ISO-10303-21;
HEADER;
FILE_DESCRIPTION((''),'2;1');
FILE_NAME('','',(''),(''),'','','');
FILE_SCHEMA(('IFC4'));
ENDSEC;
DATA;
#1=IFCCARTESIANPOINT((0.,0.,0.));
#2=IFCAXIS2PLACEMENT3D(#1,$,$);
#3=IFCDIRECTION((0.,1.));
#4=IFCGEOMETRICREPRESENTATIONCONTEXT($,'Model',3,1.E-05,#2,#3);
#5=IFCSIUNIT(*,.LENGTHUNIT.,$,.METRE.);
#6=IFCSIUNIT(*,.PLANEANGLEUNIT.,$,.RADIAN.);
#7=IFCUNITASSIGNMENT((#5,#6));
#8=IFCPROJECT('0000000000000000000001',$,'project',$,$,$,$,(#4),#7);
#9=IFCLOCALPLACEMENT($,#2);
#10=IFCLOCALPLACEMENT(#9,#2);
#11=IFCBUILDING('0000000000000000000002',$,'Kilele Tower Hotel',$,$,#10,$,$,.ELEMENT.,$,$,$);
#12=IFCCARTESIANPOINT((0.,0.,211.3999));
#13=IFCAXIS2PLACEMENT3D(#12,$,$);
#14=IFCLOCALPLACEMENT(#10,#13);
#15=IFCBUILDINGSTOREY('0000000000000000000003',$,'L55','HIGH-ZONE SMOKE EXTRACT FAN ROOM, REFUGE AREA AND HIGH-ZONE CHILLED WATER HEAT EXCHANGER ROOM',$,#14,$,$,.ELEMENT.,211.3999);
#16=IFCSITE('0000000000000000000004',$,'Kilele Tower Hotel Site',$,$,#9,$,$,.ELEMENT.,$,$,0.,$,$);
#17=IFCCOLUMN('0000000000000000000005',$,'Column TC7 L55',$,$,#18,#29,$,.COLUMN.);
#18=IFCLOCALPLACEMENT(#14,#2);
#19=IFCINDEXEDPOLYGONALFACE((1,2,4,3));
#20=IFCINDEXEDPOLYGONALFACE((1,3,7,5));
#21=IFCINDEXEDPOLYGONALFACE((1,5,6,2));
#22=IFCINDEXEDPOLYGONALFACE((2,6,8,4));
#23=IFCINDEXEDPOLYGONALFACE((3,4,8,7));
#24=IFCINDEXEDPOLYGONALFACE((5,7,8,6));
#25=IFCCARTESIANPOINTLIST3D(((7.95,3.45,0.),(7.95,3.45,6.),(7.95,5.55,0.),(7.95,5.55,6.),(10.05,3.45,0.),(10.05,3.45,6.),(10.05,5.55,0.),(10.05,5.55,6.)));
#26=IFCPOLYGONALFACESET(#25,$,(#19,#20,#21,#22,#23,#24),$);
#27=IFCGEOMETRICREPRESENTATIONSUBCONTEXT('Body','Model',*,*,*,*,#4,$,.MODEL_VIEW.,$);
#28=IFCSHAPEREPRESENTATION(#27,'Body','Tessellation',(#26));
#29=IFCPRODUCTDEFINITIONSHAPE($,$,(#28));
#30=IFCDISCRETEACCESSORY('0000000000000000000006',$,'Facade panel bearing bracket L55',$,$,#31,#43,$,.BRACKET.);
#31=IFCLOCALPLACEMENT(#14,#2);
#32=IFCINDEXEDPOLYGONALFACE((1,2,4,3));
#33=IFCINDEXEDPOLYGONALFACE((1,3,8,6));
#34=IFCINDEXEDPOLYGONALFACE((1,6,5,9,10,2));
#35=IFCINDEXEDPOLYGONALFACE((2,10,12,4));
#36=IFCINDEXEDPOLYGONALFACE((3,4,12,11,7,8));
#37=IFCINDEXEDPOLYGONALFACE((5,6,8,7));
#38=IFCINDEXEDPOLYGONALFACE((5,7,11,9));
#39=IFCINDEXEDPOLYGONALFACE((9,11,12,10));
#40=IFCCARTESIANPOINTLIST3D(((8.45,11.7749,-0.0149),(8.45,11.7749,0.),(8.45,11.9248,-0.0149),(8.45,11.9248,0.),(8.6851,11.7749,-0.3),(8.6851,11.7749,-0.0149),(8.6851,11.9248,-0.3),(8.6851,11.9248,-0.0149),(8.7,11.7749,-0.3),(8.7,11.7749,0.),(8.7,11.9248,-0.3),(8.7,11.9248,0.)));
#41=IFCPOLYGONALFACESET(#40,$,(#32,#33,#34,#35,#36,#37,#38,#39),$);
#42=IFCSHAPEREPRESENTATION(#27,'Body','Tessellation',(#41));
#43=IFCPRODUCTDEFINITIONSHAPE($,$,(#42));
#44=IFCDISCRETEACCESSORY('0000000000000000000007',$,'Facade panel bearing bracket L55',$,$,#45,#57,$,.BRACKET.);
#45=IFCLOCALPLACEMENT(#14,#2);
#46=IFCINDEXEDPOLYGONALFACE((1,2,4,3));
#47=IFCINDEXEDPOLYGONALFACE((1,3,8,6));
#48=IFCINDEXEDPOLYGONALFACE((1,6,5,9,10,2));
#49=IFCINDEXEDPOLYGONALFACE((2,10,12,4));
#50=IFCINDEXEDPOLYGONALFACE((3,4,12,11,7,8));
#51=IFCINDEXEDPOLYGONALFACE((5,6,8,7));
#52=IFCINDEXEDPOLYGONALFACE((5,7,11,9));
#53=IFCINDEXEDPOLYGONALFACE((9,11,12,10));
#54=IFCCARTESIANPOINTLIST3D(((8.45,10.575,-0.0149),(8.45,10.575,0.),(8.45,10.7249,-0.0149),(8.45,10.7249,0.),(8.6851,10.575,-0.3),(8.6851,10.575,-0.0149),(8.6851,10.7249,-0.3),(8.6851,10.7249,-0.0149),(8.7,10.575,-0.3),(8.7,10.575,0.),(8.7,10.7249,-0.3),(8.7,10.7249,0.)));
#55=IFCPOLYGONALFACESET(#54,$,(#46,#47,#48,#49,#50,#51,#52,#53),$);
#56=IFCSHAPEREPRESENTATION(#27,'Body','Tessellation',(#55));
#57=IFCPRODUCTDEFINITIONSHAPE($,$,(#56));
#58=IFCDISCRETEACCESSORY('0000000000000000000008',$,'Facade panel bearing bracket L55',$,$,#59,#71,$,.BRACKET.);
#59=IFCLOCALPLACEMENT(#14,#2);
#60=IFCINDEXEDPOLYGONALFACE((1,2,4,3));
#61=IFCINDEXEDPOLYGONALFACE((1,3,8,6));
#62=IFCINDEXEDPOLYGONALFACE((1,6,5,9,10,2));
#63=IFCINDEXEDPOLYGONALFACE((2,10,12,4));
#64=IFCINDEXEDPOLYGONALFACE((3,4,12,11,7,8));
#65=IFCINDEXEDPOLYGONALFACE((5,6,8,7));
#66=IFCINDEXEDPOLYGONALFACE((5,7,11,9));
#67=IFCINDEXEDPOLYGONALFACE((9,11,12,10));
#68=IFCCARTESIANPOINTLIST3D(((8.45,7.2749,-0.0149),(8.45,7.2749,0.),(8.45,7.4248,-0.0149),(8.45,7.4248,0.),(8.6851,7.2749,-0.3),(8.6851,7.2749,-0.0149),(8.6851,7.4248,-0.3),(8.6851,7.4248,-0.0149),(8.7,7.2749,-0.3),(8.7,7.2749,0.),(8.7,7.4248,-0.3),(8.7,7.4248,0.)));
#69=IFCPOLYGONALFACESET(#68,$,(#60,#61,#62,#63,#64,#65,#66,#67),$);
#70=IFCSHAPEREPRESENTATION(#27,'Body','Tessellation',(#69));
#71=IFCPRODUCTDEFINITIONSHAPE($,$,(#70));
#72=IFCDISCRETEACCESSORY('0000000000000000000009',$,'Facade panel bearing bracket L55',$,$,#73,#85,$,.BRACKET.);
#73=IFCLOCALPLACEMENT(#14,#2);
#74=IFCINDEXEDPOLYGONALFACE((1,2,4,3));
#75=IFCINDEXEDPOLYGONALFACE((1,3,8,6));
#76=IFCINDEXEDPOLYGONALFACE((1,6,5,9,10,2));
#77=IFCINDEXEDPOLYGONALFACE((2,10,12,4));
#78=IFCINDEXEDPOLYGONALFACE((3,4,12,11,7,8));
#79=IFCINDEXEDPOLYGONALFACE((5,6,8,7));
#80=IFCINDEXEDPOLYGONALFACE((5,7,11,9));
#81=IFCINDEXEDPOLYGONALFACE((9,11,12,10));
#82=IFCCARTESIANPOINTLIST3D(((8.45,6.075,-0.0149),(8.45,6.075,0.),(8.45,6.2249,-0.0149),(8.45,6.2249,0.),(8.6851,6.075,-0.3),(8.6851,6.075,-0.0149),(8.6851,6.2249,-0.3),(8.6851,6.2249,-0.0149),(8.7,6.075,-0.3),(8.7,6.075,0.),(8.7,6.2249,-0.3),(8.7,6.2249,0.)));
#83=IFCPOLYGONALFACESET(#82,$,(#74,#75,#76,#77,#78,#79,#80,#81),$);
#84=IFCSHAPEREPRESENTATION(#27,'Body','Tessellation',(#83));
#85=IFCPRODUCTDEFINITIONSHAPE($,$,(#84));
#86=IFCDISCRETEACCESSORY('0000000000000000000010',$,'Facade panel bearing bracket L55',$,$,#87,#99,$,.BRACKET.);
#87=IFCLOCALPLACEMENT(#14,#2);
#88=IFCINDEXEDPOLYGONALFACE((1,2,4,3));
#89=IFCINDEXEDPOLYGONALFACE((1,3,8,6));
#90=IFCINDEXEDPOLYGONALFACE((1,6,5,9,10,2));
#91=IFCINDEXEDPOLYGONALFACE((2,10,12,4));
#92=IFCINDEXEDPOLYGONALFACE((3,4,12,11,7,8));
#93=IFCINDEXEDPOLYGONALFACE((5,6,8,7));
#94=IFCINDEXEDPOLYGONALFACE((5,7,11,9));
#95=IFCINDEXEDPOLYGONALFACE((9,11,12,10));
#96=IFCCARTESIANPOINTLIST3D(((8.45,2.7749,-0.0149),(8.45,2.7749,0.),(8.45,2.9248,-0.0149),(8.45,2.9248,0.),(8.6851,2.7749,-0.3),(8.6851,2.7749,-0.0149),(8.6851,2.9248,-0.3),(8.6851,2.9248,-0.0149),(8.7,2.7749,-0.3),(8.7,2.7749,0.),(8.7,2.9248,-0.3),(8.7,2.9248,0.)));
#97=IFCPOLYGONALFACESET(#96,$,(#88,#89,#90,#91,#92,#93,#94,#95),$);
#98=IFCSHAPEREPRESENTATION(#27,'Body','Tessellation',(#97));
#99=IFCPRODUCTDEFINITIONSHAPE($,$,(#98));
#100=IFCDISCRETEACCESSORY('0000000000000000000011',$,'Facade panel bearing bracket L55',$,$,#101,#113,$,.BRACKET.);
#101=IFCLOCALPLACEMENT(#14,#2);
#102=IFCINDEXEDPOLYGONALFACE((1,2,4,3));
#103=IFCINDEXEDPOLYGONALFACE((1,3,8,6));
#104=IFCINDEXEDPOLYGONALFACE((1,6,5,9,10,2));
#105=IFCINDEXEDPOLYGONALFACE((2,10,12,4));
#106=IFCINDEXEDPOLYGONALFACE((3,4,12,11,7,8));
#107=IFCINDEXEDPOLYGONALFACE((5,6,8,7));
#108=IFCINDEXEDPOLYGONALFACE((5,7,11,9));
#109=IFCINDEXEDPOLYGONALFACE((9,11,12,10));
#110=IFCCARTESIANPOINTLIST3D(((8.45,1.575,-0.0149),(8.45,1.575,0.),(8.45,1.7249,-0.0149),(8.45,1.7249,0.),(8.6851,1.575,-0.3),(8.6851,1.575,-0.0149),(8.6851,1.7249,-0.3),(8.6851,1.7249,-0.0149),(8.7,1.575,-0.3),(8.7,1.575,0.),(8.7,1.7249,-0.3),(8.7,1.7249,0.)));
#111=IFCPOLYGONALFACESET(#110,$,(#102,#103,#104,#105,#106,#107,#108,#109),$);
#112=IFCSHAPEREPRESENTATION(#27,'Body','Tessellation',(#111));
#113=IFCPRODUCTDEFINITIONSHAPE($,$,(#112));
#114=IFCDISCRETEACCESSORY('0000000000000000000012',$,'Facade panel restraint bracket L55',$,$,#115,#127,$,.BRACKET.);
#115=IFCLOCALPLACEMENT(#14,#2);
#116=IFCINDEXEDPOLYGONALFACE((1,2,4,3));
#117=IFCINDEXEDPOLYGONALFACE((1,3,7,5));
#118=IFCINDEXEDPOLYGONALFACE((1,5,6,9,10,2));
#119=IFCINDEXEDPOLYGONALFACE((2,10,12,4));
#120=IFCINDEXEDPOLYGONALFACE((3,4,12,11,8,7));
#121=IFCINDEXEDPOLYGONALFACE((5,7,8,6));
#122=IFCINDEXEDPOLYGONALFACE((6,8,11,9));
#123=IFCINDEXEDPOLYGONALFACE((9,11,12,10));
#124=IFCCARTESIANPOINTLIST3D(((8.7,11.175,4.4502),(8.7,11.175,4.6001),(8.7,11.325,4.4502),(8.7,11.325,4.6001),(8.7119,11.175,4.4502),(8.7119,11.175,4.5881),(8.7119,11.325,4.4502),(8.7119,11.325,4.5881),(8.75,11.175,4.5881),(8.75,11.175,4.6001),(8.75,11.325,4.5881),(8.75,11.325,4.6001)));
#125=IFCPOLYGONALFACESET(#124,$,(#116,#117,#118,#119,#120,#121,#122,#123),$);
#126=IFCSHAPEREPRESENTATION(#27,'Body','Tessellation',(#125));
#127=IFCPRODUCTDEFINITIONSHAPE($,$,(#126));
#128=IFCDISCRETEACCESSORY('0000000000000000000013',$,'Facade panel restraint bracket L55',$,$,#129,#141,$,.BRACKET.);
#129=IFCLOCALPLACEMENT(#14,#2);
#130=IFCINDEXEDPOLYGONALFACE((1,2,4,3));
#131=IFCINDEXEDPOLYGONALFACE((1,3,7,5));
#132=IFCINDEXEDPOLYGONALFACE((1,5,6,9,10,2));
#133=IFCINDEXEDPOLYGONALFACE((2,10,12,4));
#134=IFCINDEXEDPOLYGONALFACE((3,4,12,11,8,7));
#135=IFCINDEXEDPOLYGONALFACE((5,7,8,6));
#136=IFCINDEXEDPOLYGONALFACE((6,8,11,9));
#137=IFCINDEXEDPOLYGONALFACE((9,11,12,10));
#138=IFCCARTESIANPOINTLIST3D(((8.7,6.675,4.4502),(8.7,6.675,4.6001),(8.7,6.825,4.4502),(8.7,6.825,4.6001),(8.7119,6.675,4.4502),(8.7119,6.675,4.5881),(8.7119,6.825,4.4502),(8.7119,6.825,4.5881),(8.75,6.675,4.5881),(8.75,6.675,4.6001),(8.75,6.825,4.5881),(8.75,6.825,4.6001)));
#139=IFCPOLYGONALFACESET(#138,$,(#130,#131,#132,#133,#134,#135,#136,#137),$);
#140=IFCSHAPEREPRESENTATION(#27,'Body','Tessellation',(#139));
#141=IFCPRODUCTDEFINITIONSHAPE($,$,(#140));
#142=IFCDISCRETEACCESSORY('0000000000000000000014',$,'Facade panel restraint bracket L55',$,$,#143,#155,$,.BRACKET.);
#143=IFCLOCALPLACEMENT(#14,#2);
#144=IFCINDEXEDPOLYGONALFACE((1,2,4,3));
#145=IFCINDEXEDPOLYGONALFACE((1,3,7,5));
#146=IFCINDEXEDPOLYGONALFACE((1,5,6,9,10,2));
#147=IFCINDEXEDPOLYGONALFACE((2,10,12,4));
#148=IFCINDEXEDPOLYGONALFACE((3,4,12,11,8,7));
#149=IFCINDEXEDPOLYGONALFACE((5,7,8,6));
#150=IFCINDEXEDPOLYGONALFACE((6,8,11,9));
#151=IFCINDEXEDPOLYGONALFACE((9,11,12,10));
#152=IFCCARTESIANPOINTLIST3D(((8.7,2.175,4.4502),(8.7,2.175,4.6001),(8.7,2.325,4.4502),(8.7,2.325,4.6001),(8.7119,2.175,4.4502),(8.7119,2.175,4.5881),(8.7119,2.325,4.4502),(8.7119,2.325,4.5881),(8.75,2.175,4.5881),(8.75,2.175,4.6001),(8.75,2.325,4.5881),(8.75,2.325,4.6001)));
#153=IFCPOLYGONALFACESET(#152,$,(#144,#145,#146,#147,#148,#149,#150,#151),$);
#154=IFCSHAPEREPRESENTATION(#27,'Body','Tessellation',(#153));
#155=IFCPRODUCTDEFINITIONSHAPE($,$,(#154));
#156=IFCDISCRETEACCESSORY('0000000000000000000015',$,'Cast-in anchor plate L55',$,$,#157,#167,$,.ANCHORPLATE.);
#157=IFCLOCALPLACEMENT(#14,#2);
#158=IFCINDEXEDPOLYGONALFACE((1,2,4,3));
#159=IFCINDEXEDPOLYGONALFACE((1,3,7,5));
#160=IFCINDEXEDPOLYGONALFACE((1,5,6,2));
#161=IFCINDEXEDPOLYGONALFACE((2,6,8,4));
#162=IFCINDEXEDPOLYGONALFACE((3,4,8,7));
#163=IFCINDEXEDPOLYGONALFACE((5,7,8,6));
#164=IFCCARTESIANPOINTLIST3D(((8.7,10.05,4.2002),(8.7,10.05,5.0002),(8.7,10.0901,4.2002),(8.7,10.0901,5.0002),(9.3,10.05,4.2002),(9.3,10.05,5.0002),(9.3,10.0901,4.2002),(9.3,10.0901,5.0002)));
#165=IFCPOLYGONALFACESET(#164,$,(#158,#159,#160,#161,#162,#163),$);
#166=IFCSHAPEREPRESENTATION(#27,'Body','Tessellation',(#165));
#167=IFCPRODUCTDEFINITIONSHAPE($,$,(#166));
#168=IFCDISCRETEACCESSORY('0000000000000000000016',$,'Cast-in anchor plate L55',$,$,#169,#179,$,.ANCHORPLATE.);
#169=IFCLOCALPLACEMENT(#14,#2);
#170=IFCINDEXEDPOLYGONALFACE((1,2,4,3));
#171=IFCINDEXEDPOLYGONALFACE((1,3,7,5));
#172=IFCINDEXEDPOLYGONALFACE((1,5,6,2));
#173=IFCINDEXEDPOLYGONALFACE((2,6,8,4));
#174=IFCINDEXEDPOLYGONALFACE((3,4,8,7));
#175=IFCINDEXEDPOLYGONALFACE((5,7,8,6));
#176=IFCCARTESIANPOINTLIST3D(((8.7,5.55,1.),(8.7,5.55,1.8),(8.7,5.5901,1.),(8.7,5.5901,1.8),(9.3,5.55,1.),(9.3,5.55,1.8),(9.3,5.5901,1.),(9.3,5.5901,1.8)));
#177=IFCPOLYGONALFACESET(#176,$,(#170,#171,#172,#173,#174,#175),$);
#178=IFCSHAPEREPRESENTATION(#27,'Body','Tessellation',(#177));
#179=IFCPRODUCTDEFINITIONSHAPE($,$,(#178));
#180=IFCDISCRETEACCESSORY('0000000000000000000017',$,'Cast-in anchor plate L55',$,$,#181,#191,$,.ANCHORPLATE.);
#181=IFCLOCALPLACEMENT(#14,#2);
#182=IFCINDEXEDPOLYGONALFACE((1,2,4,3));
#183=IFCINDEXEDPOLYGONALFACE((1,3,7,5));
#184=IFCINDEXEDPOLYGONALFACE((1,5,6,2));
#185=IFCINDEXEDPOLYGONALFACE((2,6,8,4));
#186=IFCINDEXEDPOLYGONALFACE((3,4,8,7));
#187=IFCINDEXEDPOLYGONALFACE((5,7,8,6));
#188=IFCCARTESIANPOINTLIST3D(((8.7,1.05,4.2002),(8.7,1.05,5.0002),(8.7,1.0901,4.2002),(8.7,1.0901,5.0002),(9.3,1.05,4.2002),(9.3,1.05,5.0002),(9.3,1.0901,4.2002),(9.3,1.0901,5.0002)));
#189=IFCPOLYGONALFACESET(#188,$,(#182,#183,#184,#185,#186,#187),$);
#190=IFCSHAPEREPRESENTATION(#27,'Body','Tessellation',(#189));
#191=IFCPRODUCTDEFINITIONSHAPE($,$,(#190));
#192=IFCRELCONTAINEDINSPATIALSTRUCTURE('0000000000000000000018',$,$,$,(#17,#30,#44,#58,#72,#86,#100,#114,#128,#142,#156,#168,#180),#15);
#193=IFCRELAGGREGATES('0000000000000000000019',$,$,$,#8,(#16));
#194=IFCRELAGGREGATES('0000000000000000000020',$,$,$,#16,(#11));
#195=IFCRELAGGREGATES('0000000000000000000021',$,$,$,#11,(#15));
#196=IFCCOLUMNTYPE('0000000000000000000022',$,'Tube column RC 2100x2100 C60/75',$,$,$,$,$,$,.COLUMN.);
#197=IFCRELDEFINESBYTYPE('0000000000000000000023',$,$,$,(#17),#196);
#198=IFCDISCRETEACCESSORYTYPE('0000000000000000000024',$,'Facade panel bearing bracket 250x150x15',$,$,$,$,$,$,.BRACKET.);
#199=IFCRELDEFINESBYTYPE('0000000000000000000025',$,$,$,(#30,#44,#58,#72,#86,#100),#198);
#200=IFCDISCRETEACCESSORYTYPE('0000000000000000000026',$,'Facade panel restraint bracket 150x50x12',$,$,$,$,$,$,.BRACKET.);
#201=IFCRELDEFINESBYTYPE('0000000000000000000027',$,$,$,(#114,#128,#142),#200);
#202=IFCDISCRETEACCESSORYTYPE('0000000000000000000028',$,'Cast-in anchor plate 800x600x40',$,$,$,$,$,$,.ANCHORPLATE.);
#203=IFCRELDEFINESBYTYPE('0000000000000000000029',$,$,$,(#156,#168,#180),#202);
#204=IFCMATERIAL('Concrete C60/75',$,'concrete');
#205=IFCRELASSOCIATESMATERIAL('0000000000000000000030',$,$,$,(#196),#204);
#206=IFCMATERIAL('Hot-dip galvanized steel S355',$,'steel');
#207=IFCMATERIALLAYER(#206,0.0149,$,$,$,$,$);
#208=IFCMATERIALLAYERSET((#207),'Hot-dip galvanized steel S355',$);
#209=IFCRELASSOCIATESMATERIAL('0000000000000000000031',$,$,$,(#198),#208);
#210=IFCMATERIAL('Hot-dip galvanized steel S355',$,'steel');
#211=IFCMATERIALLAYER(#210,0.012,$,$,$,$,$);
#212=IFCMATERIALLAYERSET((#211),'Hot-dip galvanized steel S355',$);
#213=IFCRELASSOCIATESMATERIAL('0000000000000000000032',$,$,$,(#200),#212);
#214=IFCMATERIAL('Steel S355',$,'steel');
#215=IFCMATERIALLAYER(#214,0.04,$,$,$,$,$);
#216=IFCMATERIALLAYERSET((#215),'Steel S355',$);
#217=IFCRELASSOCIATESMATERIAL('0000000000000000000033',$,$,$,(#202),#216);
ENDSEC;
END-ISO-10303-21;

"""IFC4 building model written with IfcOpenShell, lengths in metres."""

from ifc_helpers import new_model, si_unit, direction, frame, origin, origin_2d, place, context, subcontext, project, spatial, polyline, rectangle, outline, extrude, source, transform, mapped, material, layer, layer_set, material_profile, profile_set, type_object, element, save


model = new_model("IFC4")

# Units and contexts
model_context = context("Model", 3, precision=1e-05, world=origin(), true_north=direction((0.0, 1.0)))
body_context = subcontext(model_context, "Body", "Model", "MODEL_VIEW")
ifc_project = project(units=[si_unit("LENGTHUNIT", "METRE"), si_unit("PLANEANGLEUNIT", "RADIAN")], contexts=[model_context])

# Site, building, storey
site_placement = place(None, origin())
site = spatial("IfcSite", under=ifc_project, at=site_placement, Name="Kilele Tower Hotel Site", CompositionType="ELEMENT", RefElevation=0.0)
building_placement = place(site_placement, origin())
building = spatial("IfcBuilding", under=site, at=building_placement, Name="Kilele Tower Hotel", CompositionType="ELEMENT")
storey_placement = place(building_placement, frame((0.0, 0.0, 211.3999)))
storey = spatial("IfcBuildingStorey", under=building, at=storey_placement, Name="L55", Description="HIGH-ZONE SMOKE EXTRACT FAN ROOM, REFUGE AREA AND HIGH-ZONE CHILLED WATER HEAT EXCHANGER ROOM", CompositionType="ELEMENT", Elevation=211.3999)

# Column
ifc_material_1 = material(Name="Concrete C60/75", Category="concrete")
ifc_material_profile = material_profile(ifc_material_1, rectangle(XDim=2.1001, YDim=2.1001, at=origin_2d()))
ifc_profile_set = profile_set([ifc_material_profile], Name="Concrete C60/75")
column_type = type_object("IfcColumnType", Name="Tube column RC 2100x2100 C60/75", PredefinedType="COLUMN", material=ifc_profile_set)
column_placement = place(storey_placement, frame((9.0, 4.5, 0.0), z_axis=(0.0, 0.0, 1.0), x_axis=(1.0, 0.0, 0.0)))
element("IfcColumn", 1, at=column_placement, inside=storey, type_object=column_type, Name="Column TC7 L55", PredefinedType="COLUMN", context=body_context, shape_type="SweptSolid", body=[
    extrude(rectangle(XDim=2.1001, YDim=2.1001, at=origin_2d()), origin(), (0.0, 0.0, 1.0), 6.0),
])

# Discrete accessories
ifc_material_2 = material(Name="Hot-dip galvanized steel S355", Category="steel")
ifc_layer_1 = layer(ifc_material_2, 0.0149)
ifc_layer_set_1 = layer_set([ifc_layer_1], Name="Hot-dip galvanized steel S355")
discrete_accessory_type_1 = type_object("IfcDiscreteAccessoryType", Name="Facade panel bearing bracket 250x150x15", PredefinedType="BRACKET", material=ifc_layer_set_1)
shared_shape_1 = source(origin(), body_context, "Body", "SweptSolid", [
    extrude(outline(polyline([(0.0, 0.0), (0.25, 0.0), (0.25, -0.0149), (0.0149, -0.0149), (0.0149, -0.3), (0.0, -0.3), (0.0, 0.0)])), origin(), (0.0, 0.0, 1.0), 0.1499),
])
for number, where, z_axis, x_axis, name in (
    (2, (8.7, 11.7749, 0.0), (0.0, 1.0, 0.0), (-1.0, 0.0, 0.0), "Facade panel bearing bracket L55"),
    (3, (8.7, 10.575, 0.0), (0.0, 1.0, 0.0), (-1.0, 0.0, 0.0), "Facade panel bearing bracket L55"),
    (4, (8.7, 7.2749, 0.0), (0.0, 1.0, 0.0), (-1.0, 0.0, 0.0), "Facade panel bearing bracket L55"),
    (5, (8.7, 6.075, 0.0), (0.0, 1.0, 0.0), (-1.0, 0.0, 0.0), "Facade panel bearing bracket L55"),
    (6, (8.7, 2.7749, 0.0), (0.0, 1.0, 0.0), (-1.0, 0.0, 0.0), "Facade panel bearing bracket L55"),
    (7, (8.7, 1.575, 0.0), (0.0, 1.0, 0.0), (-1.0, 0.0, 0.0), "Facade panel bearing bracket L55"),
):
    element("IfcDiscreteAccessory", number, at=place(storey_placement, frame(where, z_axis=z_axis, x_axis=x_axis)), inside=storey, type_object=discrete_accessory_type_1, Name=name, PredefinedType="BRACKET", context=body_context, shape_type="MappedRepresentation", body=[
        mapped(shared_shape_1, transform((0.0, 0.0, 0.0))),
    ])
ifc_material_3 = material(Name="Hot-dip galvanized steel S355", Category="steel")
ifc_layer_2 = layer(ifc_material_3, 0.012)
ifc_layer_set_2 = layer_set([ifc_layer_2], Name="Hot-dip galvanized steel S355")
discrete_accessory_type_2 = type_object("IfcDiscreteAccessoryType", Name="Facade panel restraint bracket 150x50x12", PredefinedType="BRACKET", material=ifc_layer_set_2)
shared_shape_2 = source(origin(), body_context, "Body", "SweptSolid", [
    extrude(outline(polyline([(0.0, 0.0), (0.0, -0.1499), (-0.012, -0.1499), (-0.012, -0.012), (-0.05, -0.012), (-0.05, 0.0), (0.0, 0.0)])), origin(), (0.0, 0.0, 1.0), 0.1499),
])
for number, where, z_axis, x_axis, name in (
    (8, (8.7, 11.175, 4.6001), (0.0, 1.0, 0.0), (-1.0, 0.0, 0.0), "Facade panel restraint bracket L55"),
    (9, (8.7, 6.675, 4.6001), (0.0, 1.0, 0.0), (-1.0, 0.0, 0.0), "Facade panel restraint bracket L55"),
    (10, (8.7, 2.175, 4.6001), (0.0, 1.0, 0.0), (-1.0, 0.0, 0.0), "Facade panel restraint bracket L55"),
):
    element("IfcDiscreteAccessory", number, at=place(storey_placement, frame(where, z_axis=z_axis, x_axis=x_axis)), inside=storey, type_object=discrete_accessory_type_2, Name=name, PredefinedType="BRACKET", context=body_context, shape_type="MappedRepresentation", body=[
        mapped(shared_shape_2, transform((0.0, 0.0, 0.0))),
    ])
ifc_material_4 = material(Name="Steel S355", Category="steel")
ifc_layer_3 = layer(ifc_material_4, 0.04)
ifc_layer_set_3 = layer_set([ifc_layer_3], Name="Steel S355")
discrete_accessory_type_3 = type_object("IfcDiscreteAccessoryType", Name="Cast-in anchor plate 800x600x40", PredefinedType="ANCHORPLATE", material=ifc_layer_set_3)
shared_shape_3 = source(origin(), body_context, "Body", "SweptSolid", [
    extrude(outline(polyline([(0.0, 0.0), (0.04, 0.0), (0.04, 0.8), (0.0, 0.8), (0.0, 0.0)])), origin(), (0.0, 0.0, 1.0), 0.6001),
])
for number, where, z_axis, x_axis, name in (
    (11, (8.7, 10.05, 4.2002), (1.0, 0.0, 0.0), (0.0, 1.0, 0.0), "Cast-in anchor plate L55"),
    (12, (8.7, 5.55, 1.0), (1.0, 0.0, 0.0), (0.0, 1.0, 0.0), "Cast-in anchor plate L55"),
    (13, (8.7, 1.05, 4.2002), (1.0, 0.0, 0.0), (0.0, 1.0, 0.0), "Cast-in anchor plate L55"),
):
    element("IfcDiscreteAccessory", number, at=place(storey_placement, frame(where, z_axis=z_axis, x_axis=x_axis)), inside=storey, type_object=discrete_accessory_type_3, Name=name, PredefinedType="ANCHORPLATE", context=body_context, shape_type="MappedRepresentation", body=[
        mapped(shared_shape_3, transform((0.0, 0.0, 0.0))),
    ])

save(model, "model.ifc")
